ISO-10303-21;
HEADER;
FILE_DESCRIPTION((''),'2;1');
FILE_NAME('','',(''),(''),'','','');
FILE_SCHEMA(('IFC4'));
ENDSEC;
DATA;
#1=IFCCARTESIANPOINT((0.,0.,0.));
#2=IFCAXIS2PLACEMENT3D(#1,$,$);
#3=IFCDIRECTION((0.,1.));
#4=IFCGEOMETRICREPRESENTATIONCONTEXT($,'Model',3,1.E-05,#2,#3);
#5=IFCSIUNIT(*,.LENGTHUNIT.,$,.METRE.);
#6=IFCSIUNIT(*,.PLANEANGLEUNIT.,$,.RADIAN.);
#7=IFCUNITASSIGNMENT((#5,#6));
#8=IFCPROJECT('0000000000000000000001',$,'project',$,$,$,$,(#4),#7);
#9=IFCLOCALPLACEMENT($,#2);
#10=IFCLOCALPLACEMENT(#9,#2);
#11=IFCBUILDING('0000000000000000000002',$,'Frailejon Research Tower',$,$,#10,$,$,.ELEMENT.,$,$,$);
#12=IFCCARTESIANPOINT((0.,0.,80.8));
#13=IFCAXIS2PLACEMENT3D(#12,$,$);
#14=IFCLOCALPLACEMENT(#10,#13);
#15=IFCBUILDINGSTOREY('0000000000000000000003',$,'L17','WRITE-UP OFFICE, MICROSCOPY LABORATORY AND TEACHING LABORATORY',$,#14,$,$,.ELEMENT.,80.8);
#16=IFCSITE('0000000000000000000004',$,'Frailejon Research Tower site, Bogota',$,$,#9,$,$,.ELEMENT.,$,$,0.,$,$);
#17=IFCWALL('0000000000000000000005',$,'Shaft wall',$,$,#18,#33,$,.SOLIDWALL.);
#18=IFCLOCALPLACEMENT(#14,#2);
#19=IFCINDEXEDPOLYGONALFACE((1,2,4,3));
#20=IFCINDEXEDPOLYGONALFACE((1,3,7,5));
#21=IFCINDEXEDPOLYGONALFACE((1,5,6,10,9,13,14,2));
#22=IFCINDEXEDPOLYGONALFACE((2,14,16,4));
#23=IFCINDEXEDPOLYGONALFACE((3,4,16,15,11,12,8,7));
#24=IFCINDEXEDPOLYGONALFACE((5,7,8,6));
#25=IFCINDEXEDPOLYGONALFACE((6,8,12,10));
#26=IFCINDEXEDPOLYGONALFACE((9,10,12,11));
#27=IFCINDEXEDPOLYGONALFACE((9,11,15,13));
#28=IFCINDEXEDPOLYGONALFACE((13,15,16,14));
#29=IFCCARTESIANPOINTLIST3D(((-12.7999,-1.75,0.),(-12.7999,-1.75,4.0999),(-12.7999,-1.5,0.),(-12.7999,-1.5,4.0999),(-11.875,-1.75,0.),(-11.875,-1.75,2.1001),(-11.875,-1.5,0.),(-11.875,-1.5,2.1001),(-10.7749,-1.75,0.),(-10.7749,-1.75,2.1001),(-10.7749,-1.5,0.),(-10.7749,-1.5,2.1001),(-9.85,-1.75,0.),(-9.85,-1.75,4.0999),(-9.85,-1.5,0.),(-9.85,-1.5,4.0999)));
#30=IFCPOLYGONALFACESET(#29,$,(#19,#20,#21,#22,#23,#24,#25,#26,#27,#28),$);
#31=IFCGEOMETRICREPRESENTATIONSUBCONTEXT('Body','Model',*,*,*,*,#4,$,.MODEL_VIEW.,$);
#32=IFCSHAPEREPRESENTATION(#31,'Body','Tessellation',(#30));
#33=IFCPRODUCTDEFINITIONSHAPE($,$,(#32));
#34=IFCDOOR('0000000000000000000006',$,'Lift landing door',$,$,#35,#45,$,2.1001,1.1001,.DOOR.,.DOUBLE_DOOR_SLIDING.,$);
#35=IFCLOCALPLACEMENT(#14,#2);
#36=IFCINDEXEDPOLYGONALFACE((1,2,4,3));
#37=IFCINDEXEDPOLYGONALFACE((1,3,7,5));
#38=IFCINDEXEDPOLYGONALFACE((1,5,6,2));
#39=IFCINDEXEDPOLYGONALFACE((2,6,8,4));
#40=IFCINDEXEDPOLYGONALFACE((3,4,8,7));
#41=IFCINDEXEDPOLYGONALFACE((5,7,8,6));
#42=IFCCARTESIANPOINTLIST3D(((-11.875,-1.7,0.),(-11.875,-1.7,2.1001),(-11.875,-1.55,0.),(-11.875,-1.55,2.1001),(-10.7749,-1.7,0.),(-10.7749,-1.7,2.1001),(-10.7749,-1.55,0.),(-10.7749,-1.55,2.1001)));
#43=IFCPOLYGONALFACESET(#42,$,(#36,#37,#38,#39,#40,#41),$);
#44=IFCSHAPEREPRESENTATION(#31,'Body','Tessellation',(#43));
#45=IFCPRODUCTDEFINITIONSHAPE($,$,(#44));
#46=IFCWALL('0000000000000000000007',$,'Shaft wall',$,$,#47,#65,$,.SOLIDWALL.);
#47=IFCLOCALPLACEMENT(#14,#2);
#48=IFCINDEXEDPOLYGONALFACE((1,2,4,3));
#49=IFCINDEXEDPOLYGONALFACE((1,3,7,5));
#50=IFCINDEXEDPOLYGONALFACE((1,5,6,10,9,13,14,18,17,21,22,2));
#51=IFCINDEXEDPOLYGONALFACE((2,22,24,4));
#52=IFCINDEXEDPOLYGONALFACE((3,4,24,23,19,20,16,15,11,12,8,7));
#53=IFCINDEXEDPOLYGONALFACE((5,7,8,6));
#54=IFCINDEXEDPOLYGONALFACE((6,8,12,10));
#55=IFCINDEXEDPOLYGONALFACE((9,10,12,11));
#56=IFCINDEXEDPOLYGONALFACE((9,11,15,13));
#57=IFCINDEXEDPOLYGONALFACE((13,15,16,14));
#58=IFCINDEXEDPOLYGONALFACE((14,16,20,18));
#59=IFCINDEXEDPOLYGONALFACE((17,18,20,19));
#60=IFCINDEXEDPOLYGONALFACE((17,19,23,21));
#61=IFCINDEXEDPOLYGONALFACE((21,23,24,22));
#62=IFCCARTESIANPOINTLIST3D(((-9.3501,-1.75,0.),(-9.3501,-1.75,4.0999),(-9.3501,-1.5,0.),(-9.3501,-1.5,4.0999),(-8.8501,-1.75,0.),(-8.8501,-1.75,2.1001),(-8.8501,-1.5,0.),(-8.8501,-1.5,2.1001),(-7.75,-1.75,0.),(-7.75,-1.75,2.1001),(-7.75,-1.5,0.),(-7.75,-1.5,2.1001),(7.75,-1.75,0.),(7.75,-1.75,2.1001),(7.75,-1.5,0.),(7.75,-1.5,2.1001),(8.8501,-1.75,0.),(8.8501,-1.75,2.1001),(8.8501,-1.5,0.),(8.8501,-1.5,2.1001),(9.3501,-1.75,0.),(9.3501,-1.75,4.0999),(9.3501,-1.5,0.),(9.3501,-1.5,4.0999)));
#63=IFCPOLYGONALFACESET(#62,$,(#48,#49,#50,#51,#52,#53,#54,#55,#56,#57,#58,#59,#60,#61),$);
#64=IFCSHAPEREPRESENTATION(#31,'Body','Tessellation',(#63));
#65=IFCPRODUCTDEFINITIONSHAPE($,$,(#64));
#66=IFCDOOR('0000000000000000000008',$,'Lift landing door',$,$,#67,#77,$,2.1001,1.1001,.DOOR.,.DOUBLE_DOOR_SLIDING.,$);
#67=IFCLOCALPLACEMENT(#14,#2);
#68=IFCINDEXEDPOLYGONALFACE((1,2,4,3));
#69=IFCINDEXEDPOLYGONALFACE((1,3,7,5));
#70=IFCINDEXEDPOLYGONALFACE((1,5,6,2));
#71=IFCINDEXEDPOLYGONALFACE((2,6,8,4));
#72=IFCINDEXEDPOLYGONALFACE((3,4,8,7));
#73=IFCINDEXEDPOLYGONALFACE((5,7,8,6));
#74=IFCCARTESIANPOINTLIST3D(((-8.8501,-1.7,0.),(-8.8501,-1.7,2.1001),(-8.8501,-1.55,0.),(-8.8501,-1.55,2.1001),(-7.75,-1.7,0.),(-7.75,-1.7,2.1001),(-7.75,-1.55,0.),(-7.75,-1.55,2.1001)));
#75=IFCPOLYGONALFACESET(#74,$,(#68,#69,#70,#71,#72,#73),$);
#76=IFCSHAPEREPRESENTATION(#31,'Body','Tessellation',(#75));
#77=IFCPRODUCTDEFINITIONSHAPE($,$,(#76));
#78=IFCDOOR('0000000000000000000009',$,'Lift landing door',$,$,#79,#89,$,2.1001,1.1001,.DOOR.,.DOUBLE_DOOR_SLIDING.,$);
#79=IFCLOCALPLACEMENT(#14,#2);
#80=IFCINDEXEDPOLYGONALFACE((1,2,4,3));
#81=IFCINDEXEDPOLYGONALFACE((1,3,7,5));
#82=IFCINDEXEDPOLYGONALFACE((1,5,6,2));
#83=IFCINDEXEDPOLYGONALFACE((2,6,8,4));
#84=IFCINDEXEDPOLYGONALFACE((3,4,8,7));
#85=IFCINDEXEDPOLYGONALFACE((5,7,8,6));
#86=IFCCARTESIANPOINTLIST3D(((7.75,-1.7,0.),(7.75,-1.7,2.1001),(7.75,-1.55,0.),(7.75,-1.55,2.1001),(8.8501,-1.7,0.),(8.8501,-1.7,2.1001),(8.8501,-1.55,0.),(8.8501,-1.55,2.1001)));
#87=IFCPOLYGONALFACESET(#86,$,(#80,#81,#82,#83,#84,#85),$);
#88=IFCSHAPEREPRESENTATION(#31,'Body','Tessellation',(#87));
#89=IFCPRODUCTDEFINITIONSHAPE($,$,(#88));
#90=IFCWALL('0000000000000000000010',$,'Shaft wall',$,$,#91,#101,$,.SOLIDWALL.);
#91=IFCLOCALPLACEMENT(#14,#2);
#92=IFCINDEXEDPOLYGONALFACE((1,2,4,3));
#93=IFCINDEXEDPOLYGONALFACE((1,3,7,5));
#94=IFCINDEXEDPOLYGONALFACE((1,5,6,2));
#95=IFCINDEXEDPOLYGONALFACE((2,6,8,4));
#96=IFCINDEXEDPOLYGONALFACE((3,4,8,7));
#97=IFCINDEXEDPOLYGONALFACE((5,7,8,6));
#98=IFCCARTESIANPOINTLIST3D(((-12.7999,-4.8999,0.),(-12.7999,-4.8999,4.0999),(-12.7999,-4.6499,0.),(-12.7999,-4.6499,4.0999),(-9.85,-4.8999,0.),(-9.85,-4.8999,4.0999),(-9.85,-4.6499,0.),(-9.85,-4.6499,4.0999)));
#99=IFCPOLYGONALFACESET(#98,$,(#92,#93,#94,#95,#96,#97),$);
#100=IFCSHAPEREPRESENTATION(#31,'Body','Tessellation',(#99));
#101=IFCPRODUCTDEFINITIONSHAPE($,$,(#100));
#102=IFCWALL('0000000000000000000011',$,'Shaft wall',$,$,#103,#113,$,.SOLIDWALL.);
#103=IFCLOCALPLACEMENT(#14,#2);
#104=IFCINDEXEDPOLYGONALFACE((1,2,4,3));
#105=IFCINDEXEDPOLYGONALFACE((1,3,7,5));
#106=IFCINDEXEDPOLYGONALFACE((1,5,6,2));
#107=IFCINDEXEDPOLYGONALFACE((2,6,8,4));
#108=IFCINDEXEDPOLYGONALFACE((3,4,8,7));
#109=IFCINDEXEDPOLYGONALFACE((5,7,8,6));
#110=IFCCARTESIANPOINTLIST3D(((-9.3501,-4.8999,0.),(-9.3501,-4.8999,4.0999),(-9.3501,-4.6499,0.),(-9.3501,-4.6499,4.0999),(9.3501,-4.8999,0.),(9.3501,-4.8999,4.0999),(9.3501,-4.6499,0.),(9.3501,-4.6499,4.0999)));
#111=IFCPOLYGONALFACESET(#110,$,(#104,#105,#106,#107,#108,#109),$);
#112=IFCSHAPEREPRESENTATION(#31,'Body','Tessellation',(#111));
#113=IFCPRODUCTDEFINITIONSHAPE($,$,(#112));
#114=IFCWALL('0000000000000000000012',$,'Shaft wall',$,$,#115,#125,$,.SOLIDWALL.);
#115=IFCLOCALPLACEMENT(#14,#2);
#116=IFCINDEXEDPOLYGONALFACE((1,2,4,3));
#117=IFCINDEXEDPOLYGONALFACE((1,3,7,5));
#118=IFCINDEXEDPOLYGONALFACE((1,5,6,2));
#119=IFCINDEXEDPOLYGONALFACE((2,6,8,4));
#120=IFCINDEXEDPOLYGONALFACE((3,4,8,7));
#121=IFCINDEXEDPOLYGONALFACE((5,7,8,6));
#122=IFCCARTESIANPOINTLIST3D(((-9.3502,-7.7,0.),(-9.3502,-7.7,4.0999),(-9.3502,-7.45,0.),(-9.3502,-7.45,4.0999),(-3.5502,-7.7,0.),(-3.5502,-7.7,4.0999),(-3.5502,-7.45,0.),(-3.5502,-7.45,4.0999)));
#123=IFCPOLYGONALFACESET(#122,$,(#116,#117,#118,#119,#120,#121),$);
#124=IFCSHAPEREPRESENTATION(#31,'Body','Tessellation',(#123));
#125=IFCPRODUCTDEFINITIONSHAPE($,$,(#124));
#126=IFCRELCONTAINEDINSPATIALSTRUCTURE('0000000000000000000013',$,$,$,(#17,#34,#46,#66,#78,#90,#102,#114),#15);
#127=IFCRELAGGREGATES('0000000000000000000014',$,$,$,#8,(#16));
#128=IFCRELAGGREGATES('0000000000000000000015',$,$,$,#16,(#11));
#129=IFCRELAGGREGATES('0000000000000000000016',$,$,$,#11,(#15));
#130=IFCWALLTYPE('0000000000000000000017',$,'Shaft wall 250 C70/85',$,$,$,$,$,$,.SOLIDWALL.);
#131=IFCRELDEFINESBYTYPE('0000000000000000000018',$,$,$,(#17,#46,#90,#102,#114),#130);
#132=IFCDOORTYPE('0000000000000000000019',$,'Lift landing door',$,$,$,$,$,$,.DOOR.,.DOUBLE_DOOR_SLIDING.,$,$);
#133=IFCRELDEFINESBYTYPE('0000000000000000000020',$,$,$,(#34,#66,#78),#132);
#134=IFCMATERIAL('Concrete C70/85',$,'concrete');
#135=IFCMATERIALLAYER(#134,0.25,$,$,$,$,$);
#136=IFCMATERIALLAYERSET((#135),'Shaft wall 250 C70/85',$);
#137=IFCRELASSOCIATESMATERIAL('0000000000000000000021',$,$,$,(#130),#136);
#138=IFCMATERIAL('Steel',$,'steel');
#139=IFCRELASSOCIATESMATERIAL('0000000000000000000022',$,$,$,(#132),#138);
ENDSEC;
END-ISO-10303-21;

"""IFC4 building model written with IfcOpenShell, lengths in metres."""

from ifc_helpers import new_model, si_unit, direction, frame, frame_2d, origin, place, context, subcontext, project, spatial, rectangle, extrude, material, layer, layer_set, type_object, element, fill, save


model = new_model("IFC4")

# Units and contexts
model_context = context("Model", 3, precision=1e-05, world=origin(), true_north=direction((0.0, 1.0)))
body_context = subcontext(model_context, "Body", "Model", "MODEL_VIEW")
ifc_project = project(units=[si_unit("LENGTHUNIT", "METRE"), si_unit("PLANEANGLEUNIT", "RADIAN")], contexts=[model_context])

# Site, building, storey
site_placement = place(None, origin())
site = spatial("IfcSite", under=ifc_project, at=site_placement, Name="Frailejon Research Tower site, Bogota", CompositionType="ELEMENT", RefElevation=0.0)
building_placement = place(site_placement, origin())
building = spatial("IfcBuilding", under=site, at=building_placement, Name="Frailejon Research Tower", CompositionType="ELEMENT")
storey_placement = place(building_placement, frame((0.0, 0.0, 80.8)))
storey = spatial("IfcBuildingStorey", under=building, at=storey_placement, Name="L17", Description="WRITE-UP OFFICE, MICROSCOPY LABORATORY AND TEACHING LABORATORY", CompositionType="ELEMENT", Elevation=80.8)

# Wall, opening, door
ifc_material_1 = material(Name="Concrete C70/85", Category="concrete")
ifc_layer = layer(ifc_material_1, 0.25)
ifc_layer_set = layer_set([ifc_layer], Name="Shaft wall 250 C70/85")
wall_type = type_object("IfcWallType", Name="Shaft wall 250 C70/85", PredefinedType="SOLIDWALL", material=ifc_layer_set)
wall_1_placement = place(storey_placement, frame((-12.8, -1.625, 0.0), z_axis=(0.0, 0.0, 1.0), x_axis=(1.0, 0.0, 0.0)))
wall_1 = element("IfcWall", 1, at=wall_1_placement, inside=storey, type_object=wall_type, Name="Shaft wall", PredefinedType="SOLIDWALL", context=body_context, shape_type="SweptSolid", body=[
    extrude(rectangle(XDim=2.95, YDim=0.25, at=frame_2d((1.4751, 0.0))), origin(), (0.0, 0.0, 1.0), 4.0999),
])
opening_1_placement = place(wall_1_placement, frame((0.925, 0.0, 0.0)))
opening_1 = element("IfcOpeningElement", 2, at=opening_1_placement, cuts=wall_1, PredefinedType="OPENING", context=body_context, shape_type="SweptSolid", body=[
    extrude(rectangle(XDim=1.1001, YDim=2.1001, at=frame_2d((0.55, 1.05))), frame((0.0, 0.135, 0.0), z_axis=(0.0, -1.0, 0.0), x_axis=(1.0, 0.0, 0.0)), (0.0, 0.0, 1.0), 0.27),
])
ifc_material_2 = material(Name="Steel", Category="steel")
door_type = type_object("IfcDoorType", Name="Lift landing door", OperationType="DOUBLE_DOOR_SLIDING", PredefinedType="DOOR", material=ifc_material_2)
door_1_placement = place(opening_1_placement, origin())
door_1 = element("IfcDoor", 3, at=door_1_placement, inside=storey, type_object=door_type, Name="Lift landing door", OperationType="DOUBLE_DOOR_SLIDING", OverallHeight=2.1001, OverallWidth=1.1001, PredefinedType="DOOR", context=body_context, shape_type="SweptSolid", body=[
    extrude(rectangle(XDim=1.1001, YDim=2.1001, at=frame_2d((0.55, 1.05))), frame((0.0, 0.075, 0.0), z_axis=(0.0, -1.0, 0.0), x_axis=(1.0, 0.0, 0.0)), (0.0, 0.0, 1.0), 0.1499),
])
fill(opening_1, door_1)

# Wall, openings, doors
wall_2_placement = place(storey_placement, frame((-9.3501, -1.625, 0.0), z_axis=(0.0, 0.0, 1.0), x_axis=(1.0, 0.0, 0.0)))
wall_2 = element("IfcWall", 4, at=wall_2_placement, inside=storey, type_object=wall_type, Name="Shaft wall", PredefinedType="SOLIDWALL", context=body_context, shape_type="SweptSolid", body=[
    extrude(rectangle(XDim=18.7002, YDim=0.25, at=frame_2d((9.3501, 0.0))), origin(), (0.0, 0.0, 1.0), 4.0999),
])
opening_2_placement = place(wall_2_placement, frame((0.5, 0.0, 0.0)))
opening_2 = element("IfcOpeningElement", 5, at=opening_2_placement, cuts=wall_2, PredefinedType="OPENING", context=body_context, shape_type="SweptSolid", body=[
    extrude(rectangle(XDim=1.1001, YDim=2.1001, at=frame_2d((0.55, 1.05))), frame((0.0, 0.135, 0.0), z_axis=(0.0, -1.0, 0.0), x_axis=(1.0, 0.0, 0.0)), (0.0, 0.0, 1.0), 0.27),
])
opening_3_placement = place(wall_2_placement, frame((17.1001, 0.0, 0.0)))
opening_3 = element("IfcOpeningElement", 6, at=opening_3_placement, cuts=wall_2, PredefinedType="OPENING", context=body_context, shape_type="SweptSolid", body=[
    extrude(rectangle(XDim=1.1001, YDim=2.1001, at=frame_2d((0.55, 1.05))), frame((0.0, 0.135, 0.0), z_axis=(0.0, -1.0, 0.0), x_axis=(1.0, 0.0, 0.0)), (0.0, 0.0, 1.0), 0.27),
])
door_2_placement = place(opening_2_placement, origin())
door_2 = element("IfcDoor", 7, at=door_2_placement, inside=storey, type_object=door_type, Name="Lift landing door", OperationType="DOUBLE_DOOR_SLIDING", OverallHeight=2.1001, OverallWidth=1.1001, PredefinedType="DOOR", context=body_context, shape_type="SweptSolid", body=[
    extrude(rectangle(XDim=1.1001, YDim=2.1001, at=frame_2d((0.55, 1.05))), frame((0.0, 0.075, 0.0), z_axis=(0.0, -1.0, 0.0), x_axis=(1.0, 0.0, 0.0)), (0.0, 0.0, 1.0), 0.1499),
])
fill(opening_2, door_2)
door_3_placement = place(opening_3_placement, origin())
door_3 = element("IfcDoor", 8, at=door_3_placement, inside=storey, type_object=door_type, Name="Lift landing door", OperationType="DOUBLE_DOOR_SLIDING", OverallHeight=2.1001, OverallWidth=1.1001, PredefinedType="DOOR", context=body_context, shape_type="SweptSolid", body=[
    extrude(rectangle(XDim=1.1001, YDim=2.1001, at=frame_2d((0.55, 1.05))), frame((0.0, 0.075, 0.0), z_axis=(0.0, -1.0, 0.0), x_axis=(1.0, 0.0, 0.0)), (0.0, 0.0, 1.0), 0.1499),
])
fill(opening_3, door_3)

# Walls
wall_3_placement = place(storey_placement, frame((-12.8, -4.7749, 0.0), z_axis=(0.0, 0.0, 1.0), x_axis=(1.0, 0.0, 0.0)))
element("IfcWall", 9, at=wall_3_placement, inside=storey, type_object=wall_type, Name="Shaft wall", PredefinedType="SOLIDWALL", context=body_context, shape_type="SweptSolid", body=[
    extrude(rectangle(XDim=2.95, YDim=0.25, at=frame_2d((1.4751, 0.0))), origin(), (0.0, 0.0, 1.0), 4.0999),
])
wall_4_placement = place(storey_placement, frame((-9.3501, -4.7749, 0.0), z_axis=(0.0, 0.0, 1.0), x_axis=(1.0, 0.0, 0.0)))
element("IfcWall", 10, at=wall_4_placement, inside=storey, type_object=wall_type, Name="Shaft wall", PredefinedType="SOLIDWALL", context=body_context, shape_type="SweptSolid", body=[
    extrude(rectangle(XDim=18.7002, YDim=0.25, at=frame_2d((9.3501, 0.0))), origin(), (0.0, 0.0, 1.0), 4.0999),
])
wall_5_placement = place(storey_placement, frame((-9.3501, -7.575, 0.0), z_axis=(0.0, 0.0, 1.0), x_axis=(1.0, 0.0, 0.0)))
element("IfcWall", 11, at=wall_5_placement, inside=storey, type_object=wall_type, Name="Shaft wall", PredefinedType="SOLIDWALL", context=body_context, shape_type="SweptSolid", body=[
    extrude(rectangle(XDim=5.8, YDim=0.25, at=frame_2d((2.8999, 0.0))), origin(), (0.0, 0.0, 1.0), 4.0999),
])

save(model, "model.ifc")
